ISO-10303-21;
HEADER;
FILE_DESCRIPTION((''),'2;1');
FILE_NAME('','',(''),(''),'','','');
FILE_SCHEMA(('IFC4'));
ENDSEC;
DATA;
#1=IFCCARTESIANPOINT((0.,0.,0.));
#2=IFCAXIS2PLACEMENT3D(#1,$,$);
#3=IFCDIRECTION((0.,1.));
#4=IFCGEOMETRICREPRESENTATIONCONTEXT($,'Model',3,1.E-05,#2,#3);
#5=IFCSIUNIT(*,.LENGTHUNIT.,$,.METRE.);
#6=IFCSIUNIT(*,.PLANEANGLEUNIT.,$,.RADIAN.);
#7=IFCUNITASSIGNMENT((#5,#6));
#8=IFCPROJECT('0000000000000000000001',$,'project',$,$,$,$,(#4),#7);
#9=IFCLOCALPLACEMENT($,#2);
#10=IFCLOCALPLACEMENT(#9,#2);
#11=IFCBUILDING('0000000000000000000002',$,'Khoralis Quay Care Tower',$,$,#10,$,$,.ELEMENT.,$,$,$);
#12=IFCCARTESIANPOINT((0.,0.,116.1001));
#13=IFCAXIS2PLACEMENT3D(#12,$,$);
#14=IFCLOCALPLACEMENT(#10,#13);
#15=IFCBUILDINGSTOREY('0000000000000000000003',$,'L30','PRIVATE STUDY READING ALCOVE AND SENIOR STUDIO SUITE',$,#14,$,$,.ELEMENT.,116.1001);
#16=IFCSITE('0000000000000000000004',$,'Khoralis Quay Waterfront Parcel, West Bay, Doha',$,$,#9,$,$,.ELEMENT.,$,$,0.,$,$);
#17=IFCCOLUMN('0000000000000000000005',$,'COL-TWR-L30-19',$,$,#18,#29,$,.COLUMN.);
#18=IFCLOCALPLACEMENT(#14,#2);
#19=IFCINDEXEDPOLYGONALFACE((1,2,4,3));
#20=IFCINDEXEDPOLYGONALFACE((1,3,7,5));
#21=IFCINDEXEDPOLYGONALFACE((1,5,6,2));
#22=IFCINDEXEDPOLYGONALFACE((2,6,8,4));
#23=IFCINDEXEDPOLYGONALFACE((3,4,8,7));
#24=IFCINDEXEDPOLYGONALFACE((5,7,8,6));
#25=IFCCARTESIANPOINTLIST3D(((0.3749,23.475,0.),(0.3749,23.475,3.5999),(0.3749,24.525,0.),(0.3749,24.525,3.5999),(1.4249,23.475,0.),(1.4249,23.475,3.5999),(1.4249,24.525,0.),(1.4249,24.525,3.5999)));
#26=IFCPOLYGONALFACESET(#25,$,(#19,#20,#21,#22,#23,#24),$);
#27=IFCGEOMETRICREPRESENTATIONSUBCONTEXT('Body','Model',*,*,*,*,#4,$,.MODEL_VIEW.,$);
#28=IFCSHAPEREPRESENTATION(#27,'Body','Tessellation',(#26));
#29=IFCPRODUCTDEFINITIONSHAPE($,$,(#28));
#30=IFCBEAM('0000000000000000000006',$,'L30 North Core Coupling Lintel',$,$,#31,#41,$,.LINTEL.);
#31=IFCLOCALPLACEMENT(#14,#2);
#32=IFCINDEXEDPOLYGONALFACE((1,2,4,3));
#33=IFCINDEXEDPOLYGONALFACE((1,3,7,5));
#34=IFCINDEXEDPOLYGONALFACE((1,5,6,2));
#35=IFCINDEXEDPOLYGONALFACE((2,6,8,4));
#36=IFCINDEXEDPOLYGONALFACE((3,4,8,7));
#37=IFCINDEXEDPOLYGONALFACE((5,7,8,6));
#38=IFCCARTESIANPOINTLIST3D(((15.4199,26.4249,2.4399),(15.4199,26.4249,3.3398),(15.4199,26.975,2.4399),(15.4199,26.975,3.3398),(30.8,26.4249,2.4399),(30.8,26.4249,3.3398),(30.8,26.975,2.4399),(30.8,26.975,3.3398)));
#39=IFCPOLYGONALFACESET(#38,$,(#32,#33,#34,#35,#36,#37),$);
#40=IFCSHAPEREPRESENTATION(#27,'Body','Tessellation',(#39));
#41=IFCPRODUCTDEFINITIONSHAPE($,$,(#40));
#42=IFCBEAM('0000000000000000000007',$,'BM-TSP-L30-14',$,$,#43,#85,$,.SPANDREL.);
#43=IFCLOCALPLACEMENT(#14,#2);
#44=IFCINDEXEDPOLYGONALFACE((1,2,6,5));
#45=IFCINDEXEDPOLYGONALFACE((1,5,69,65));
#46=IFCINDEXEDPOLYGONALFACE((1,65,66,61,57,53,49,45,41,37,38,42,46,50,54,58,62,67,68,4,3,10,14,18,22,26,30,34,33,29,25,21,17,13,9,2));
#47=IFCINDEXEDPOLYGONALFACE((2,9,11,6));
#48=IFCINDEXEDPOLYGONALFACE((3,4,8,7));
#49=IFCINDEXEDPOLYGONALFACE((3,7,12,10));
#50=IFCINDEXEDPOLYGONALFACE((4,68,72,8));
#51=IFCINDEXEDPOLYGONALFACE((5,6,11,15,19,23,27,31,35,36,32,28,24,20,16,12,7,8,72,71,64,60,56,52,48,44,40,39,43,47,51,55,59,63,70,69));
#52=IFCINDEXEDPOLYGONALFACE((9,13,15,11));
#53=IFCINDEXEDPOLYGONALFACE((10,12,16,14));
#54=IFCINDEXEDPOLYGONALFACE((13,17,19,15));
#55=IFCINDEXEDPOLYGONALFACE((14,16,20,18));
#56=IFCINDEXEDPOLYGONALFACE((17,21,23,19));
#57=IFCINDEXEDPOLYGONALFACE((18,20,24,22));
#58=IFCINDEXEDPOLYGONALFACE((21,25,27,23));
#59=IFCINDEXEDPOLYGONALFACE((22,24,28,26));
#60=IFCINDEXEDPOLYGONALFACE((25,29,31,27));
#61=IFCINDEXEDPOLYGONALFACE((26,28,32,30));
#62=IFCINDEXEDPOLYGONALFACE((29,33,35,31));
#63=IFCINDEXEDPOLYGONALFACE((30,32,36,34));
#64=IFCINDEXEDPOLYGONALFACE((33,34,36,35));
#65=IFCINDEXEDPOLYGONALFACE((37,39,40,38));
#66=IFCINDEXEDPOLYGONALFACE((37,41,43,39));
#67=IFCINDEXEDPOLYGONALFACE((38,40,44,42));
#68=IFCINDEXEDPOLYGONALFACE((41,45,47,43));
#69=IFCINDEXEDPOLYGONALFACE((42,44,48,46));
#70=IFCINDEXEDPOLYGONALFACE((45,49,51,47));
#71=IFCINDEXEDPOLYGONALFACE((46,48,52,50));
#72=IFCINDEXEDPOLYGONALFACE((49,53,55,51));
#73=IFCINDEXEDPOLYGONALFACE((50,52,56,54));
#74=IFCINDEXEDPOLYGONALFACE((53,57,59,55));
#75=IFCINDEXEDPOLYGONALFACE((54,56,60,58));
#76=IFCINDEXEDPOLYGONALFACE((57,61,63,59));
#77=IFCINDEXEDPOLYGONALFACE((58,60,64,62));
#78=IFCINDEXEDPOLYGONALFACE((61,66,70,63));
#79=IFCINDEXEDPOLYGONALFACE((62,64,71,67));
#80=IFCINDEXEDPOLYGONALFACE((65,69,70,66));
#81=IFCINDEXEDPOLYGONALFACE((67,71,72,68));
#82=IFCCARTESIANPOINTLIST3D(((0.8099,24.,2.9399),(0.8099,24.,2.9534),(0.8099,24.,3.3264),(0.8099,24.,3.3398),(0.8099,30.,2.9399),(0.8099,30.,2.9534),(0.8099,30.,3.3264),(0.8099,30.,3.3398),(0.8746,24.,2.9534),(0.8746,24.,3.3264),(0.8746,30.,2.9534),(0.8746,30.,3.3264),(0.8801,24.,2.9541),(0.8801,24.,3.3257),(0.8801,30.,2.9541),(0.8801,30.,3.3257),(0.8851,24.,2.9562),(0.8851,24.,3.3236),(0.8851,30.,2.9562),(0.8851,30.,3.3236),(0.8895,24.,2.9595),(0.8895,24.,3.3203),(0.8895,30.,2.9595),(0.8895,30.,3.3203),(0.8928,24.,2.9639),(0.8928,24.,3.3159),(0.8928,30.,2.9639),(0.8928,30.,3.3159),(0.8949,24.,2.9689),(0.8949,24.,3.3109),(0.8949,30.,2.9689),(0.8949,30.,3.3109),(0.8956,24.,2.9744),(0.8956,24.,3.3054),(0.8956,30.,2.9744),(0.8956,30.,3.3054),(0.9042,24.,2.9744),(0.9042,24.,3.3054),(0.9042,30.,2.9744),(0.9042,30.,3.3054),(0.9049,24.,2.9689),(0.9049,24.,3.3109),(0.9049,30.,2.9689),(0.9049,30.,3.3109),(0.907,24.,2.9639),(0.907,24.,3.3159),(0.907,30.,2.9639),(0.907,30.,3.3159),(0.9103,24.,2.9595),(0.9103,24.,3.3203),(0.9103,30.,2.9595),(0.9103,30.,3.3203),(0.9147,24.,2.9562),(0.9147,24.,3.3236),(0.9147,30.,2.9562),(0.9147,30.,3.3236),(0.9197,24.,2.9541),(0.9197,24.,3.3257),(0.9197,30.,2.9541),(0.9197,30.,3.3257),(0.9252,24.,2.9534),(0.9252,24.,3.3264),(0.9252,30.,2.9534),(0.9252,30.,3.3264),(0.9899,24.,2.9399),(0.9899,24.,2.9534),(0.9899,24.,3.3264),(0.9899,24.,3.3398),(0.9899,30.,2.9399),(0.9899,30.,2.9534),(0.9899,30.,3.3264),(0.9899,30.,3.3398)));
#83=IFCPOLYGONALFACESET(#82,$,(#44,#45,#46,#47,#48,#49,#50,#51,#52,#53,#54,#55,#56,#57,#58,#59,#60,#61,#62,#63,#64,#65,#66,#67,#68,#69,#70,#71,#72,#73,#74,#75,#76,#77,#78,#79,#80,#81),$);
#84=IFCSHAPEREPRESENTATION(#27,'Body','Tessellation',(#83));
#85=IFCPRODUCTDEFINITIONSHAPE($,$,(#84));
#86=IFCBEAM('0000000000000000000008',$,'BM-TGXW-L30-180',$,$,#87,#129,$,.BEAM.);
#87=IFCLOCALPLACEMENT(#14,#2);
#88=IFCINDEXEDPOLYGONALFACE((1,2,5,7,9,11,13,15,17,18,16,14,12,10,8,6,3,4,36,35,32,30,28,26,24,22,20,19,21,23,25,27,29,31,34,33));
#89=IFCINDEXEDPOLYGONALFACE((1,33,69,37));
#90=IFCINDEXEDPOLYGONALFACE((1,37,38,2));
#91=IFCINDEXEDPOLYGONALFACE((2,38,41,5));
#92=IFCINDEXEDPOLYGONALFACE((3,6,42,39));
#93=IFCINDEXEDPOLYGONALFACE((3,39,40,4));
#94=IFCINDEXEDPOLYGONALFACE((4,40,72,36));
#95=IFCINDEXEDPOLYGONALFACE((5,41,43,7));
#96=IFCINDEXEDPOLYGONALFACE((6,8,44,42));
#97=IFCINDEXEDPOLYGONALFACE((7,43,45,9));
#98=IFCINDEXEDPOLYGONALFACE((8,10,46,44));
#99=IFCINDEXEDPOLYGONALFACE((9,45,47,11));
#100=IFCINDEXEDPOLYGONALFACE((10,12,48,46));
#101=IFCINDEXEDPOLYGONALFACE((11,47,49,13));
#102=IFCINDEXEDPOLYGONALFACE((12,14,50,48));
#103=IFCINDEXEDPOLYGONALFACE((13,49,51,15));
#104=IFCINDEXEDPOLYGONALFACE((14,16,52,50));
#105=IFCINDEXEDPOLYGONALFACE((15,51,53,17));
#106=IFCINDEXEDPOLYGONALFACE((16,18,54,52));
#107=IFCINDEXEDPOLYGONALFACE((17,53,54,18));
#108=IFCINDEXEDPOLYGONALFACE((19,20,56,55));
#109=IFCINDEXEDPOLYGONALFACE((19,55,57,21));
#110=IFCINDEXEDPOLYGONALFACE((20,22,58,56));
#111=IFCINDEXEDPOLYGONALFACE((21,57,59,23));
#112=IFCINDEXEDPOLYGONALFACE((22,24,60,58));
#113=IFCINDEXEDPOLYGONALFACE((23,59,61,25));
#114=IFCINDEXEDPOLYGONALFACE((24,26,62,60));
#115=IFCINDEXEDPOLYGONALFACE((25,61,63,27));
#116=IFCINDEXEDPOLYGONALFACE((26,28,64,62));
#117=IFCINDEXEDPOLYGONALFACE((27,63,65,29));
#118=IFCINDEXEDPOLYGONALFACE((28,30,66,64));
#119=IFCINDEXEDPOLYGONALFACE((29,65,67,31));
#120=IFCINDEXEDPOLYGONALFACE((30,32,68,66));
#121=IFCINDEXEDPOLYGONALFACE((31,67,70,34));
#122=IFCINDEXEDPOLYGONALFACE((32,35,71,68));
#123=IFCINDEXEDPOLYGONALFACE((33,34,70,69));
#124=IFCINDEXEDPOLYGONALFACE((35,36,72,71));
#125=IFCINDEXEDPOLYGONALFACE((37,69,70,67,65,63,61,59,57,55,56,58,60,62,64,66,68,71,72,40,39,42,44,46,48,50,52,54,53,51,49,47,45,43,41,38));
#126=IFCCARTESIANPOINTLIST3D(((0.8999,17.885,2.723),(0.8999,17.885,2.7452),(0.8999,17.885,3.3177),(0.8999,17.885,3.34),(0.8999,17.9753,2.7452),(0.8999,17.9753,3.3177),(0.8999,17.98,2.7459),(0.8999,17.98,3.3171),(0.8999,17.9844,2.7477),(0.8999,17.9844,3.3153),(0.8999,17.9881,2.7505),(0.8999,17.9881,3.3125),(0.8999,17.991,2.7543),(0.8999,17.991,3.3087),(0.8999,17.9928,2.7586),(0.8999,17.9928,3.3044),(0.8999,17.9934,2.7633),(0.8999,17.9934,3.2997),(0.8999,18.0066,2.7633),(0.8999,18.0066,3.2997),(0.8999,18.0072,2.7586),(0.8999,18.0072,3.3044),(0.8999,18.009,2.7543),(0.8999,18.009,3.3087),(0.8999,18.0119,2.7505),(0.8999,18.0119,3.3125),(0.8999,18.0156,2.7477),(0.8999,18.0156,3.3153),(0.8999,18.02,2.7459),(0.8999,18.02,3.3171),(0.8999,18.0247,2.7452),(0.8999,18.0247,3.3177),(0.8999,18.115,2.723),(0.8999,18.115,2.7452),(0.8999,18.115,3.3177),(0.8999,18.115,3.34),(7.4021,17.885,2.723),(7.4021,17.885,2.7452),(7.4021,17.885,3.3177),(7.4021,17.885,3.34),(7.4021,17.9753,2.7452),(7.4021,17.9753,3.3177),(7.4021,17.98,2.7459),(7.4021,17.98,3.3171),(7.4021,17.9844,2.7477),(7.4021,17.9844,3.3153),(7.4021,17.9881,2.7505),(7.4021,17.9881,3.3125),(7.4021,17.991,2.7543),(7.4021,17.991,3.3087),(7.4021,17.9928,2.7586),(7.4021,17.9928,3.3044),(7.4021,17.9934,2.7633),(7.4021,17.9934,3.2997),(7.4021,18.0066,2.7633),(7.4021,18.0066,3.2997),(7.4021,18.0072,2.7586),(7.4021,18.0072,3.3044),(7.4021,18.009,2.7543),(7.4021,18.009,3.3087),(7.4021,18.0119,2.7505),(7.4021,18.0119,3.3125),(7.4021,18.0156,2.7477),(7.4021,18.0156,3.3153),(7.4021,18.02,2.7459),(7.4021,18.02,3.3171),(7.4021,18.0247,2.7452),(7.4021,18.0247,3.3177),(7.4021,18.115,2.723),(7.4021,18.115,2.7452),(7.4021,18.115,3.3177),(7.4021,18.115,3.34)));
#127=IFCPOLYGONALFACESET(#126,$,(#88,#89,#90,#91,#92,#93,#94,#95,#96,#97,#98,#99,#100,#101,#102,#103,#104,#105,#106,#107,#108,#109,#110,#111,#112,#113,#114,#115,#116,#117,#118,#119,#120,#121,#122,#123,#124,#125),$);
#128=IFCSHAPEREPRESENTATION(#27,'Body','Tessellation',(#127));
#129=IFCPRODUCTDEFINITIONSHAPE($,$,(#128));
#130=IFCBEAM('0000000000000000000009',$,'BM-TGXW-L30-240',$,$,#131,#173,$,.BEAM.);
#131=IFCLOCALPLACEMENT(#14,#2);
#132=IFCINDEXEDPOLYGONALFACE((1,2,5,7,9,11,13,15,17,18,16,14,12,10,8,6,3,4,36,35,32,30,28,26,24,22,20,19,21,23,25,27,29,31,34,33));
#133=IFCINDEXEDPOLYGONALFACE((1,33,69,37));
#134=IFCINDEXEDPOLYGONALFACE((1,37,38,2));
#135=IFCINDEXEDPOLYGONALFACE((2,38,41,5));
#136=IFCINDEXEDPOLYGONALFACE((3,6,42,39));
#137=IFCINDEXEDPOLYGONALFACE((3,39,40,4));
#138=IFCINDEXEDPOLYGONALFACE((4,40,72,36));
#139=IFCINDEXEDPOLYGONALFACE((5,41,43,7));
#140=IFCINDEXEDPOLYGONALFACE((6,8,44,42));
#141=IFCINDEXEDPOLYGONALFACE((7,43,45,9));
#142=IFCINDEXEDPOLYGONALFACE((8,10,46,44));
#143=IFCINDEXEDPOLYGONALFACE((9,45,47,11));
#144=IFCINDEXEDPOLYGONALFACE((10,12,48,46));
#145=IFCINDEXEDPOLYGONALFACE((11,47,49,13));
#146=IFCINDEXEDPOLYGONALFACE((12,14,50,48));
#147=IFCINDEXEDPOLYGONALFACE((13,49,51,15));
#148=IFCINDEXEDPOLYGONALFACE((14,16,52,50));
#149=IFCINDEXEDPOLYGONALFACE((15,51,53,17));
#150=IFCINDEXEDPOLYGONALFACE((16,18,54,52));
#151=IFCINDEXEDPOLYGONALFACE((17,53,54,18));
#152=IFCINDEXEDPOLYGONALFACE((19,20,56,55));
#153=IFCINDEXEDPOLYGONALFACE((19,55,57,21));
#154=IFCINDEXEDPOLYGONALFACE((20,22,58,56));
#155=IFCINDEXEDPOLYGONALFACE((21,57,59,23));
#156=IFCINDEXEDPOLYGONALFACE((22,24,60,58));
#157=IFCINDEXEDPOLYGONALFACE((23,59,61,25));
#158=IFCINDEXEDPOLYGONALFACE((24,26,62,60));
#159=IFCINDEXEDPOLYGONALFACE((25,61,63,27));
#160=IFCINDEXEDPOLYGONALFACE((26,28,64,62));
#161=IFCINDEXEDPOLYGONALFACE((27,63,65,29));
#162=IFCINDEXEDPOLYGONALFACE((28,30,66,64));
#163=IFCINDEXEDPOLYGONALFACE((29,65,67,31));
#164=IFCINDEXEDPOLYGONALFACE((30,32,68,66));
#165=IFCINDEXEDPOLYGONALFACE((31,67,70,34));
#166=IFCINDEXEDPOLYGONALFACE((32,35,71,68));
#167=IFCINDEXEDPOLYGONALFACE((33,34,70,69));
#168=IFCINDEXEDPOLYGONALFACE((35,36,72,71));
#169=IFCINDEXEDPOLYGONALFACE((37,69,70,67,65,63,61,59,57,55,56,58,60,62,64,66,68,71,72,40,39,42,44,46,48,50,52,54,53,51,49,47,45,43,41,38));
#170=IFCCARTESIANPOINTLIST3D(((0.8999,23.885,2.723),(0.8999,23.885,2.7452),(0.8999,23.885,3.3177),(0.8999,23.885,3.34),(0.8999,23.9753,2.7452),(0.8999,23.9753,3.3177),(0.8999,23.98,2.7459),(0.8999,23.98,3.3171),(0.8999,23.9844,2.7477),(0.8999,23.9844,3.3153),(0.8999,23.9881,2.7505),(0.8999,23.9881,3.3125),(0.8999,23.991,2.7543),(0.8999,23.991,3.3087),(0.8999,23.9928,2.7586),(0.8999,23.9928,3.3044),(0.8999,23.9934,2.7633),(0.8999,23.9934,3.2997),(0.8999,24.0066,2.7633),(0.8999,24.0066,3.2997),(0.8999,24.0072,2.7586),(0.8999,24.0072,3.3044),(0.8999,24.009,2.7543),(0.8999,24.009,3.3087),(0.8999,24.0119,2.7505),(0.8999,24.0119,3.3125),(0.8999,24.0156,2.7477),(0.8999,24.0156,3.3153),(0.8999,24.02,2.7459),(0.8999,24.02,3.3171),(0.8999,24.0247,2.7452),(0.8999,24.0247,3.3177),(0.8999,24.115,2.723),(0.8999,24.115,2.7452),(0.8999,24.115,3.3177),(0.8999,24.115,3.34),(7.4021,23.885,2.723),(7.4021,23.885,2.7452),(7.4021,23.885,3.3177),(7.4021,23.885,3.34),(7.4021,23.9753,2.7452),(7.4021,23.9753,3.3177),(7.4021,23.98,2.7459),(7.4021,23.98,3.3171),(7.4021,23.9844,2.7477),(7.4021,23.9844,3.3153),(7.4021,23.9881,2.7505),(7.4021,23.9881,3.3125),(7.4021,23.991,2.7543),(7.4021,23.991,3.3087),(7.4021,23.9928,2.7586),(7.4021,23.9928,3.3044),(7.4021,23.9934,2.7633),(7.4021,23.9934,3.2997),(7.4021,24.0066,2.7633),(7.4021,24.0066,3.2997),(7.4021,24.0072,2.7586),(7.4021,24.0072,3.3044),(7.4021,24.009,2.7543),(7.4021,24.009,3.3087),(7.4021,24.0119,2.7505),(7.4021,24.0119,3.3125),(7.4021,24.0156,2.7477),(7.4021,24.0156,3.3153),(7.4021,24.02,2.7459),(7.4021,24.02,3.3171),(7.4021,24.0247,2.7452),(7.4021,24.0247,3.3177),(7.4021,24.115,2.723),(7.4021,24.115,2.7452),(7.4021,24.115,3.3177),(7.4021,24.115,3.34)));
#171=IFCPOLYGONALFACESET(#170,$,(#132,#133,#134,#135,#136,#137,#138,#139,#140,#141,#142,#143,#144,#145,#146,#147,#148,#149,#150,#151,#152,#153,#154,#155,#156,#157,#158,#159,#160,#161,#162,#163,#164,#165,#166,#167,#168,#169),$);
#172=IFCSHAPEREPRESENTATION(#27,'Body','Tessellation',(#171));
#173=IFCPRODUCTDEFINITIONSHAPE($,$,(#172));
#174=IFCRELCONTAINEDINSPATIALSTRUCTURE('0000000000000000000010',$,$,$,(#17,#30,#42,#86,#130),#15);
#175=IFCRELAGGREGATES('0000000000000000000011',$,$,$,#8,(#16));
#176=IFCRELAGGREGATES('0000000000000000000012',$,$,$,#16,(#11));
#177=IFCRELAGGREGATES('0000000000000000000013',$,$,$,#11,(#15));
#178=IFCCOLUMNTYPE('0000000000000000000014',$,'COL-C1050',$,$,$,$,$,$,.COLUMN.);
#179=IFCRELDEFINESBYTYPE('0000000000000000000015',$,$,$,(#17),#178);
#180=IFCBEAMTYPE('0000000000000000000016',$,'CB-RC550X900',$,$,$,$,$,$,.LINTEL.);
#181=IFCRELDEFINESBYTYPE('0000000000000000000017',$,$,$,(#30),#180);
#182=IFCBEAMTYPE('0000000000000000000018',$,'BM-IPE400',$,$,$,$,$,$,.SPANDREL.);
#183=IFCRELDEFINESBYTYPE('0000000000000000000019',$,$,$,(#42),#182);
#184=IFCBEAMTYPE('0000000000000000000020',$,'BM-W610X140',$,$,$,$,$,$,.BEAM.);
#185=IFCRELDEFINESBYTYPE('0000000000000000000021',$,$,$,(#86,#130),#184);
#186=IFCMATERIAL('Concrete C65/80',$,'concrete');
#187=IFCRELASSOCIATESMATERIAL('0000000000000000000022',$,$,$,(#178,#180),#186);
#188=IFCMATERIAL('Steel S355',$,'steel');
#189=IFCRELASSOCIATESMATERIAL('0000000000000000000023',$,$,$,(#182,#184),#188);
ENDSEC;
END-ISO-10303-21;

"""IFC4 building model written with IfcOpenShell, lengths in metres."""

from ifc_helpers import new_model, si_unit, direction, frame, origin, origin_2d, place, context, subcontext, project, spatial, rectangle, i_section, extrude, source, transform, mapped, material, material_profile, profile_set, type_object, element, save


model = new_model("IFC4")

# Units and contexts
model_context = context("Model", 3, precision=1e-05, world=origin(), true_north=direction((0.0, 1.0)))
body_context = subcontext(model_context, "Body", "Model", "MODEL_VIEW")
ifc_project = project(units=[si_unit("LENGTHUNIT", "METRE"), si_unit("PLANEANGLEUNIT", "RADIAN")], contexts=[model_context])

# Site, building, storey
site_placement = place(None, origin())
site = spatial("IfcSite", under=ifc_project, at=site_placement, Name="Khoralis Quay Waterfront Parcel, West Bay, Doha", CompositionType="ELEMENT", RefElevation=0.0)
building_placement = place(site_placement, origin())
building = spatial("IfcBuilding", under=site, at=building_placement, Name="Khoralis Quay Care Tower", CompositionType="ELEMENT")
storey_placement = place(building_placement, frame((0.0, 0.0, 116.1001)))
storey = spatial("IfcBuildingStorey", under=building, at=storey_placement, Name="L30", Description="PRIVATE STUDY READING ALCOVE AND SENIOR STUDIO SUITE", CompositionType="ELEMENT", Elevation=116.1001)

# Column
ifc_material_1 = material(Name="Concrete C65/80", Category="concrete")
ifc_material_profile_1 = material_profile(ifc_material_1, rectangle(XDim=1.05, YDim=1.05, at=origin_2d()), Name="Concrete C65/80")
ifc_profile_set_1 = profile_set([ifc_material_profile_1], Name="Concrete C65/80")
column_type = type_object("IfcColumnType", Name="COL-C1050", PredefinedType="COLUMN", material=ifc_profile_set_1)
shared_shape_1 = source(origin(), body_context, "Body", "SweptSolid", [
    extrude(rectangle(XDim=1.05, YDim=1.05, at=origin_2d()), origin(), (0.0, 0.0, 1.0), 3.5999),
])
column_placement = place(storey_placement, frame((0.8999, 24.0, 0.0), z_axis=(0.0, 0.0, 1.0), x_axis=(1.0, 0.0, 0.0)))
element("IfcColumn", 1, at=column_placement, inside=storey, type_object=column_type, Name="COL-TWR-L30-19", PredefinedType="COLUMN", context=body_context, shape_type="MappedRepresentation", body=[
    mapped(shared_shape_1, transform((0.0, 0.0, 0.0), scale=1.0)),
])

# Beams
ifc_material_profile_2 = material_profile(ifc_material_1, rectangle(XDim=0.55, YDim=0.8999, at=origin_2d()), Name="Concrete C65/80")
ifc_profile_set_2 = profile_set([ifc_material_profile_2], Name="Concrete C65/80")
beam_type_1 = type_object("IfcBeamType", Name="CB-RC550X900", PredefinedType="LINTEL", material=ifc_profile_set_2)
shared_shape_2 = source(origin(), body_context, "Body", "SweptSolid", [
    extrude(rectangle(XDim=0.55, YDim=0.8999, at=origin_2d()), origin(), (0.0, 0.0, 1.0), 15.3801),
])
beam_1_placement = place(storey_placement, frame((15.4199, 26.7, 2.8899), z_axis=(1.0, 0.0, 0.0), x_axis=(0.0, 1.0, 0.0)))
element("IfcBeam", 2, at=beam_1_placement, inside=storey, type_object=beam_type_1, Name="L30 North Core Coupling Lintel", PredefinedType="LINTEL", context=body_context, shape_type="MappedRepresentation", body=[
    mapped(shared_shape_2, transform((0.0, 0.0, 0.0), scale=1.0)),
])
ifc_material_2 = material(Name="Steel S355", Category="steel")
ifc_material_profile_3 = material_profile(ifc_material_2, i_section(OverallWidth=0.1799, OverallDepth=0.3999, WebThickness=0.0085, FlangeThickness=0.0134, FilletRadius=0.021, at=origin_2d()), Name="Steel S355")
ifc_profile_set_3 = profile_set([ifc_material_profile_3], Name="Steel S355")
beam_type_2 = type_object("IfcBeamType", Name="BM-IPE400", PredefinedType="SPANDREL", material=ifc_profile_set_3)
shared_shape_3 = source(origin(), body_context, "Body", "SweptSolid", [
    extrude(i_section(OverallWidth=0.1799, OverallDepth=0.3999, WebThickness=0.0085, FlangeThickness=0.0134, FilletRadius=0.021, at=origin_2d()), origin(), (0.0, 0.0, 1.0), 6.0),
])
beam_2_placement = place(storey_placement, frame((0.8999, 24.0, 3.1399), z_axis=(0.0, 1.0, 0.0), x_axis=(-1.0, 0.0, 0.0)))
element("IfcBeam", 3, at=beam_2_placement, inside=storey, type_object=beam_type_2, Name="BM-TSP-L30-14", PredefinedType="SPANDREL", context=body_context, shape_type="MappedRepresentation", body=[
    mapped(shared_shape_3, transform((0.0, 0.0, 0.0), scale=1.0)),
])
ifc_material_profile_4 = material_profile(ifc_material_2, i_section(OverallWidth=0.23, OverallDepth=0.6169, WebThickness=0.0132, FlangeThickness=0.0222, FilletRadius=0.0181, at=origin_2d()), Name="Steel S355")
ifc_profile_set_4 = profile_set([ifc_material_profile_4], Name="Steel S355")
beam_type_3 = type_object("IfcBeamType", Name="BM-W610X140", PredefinedType="BEAM", material=ifc_profile_set_4)
shared_shape_4 = source(origin(), body_context, "Body", "SweptSolid", [
    extrude(i_section(OverallWidth=0.23, OverallDepth=0.6169, WebThickness=0.0132, FlangeThickness=0.0222, FilletRadius=0.0181, at=origin_2d()), origin(), (0.0, 0.0, 1.0), 6.5022),
])
for number, where, z_axis, x_axis, name in (
    (4, (0.8999, 18.0, 3.0315), (1.0, 0.0, 0.0), (0.0, 1.0, 0.0), "BM-TGXW-L30-180"),
    (5, (0.8999, 24.0, 3.0315), (1.0, 0.0, 0.0), (0.0, 1.0, 0.0), "BM-TGXW-L30-240"),
):
    element("IfcBeam", number, at=place(storey_placement, frame(where, z_axis=z_axis, x_axis=x_axis)), inside=storey, type_object=beam_type_3, Name=name, PredefinedType="BEAM", context=body_context, shape_type="MappedRepresentation", body=[
        mapped(shared_shape_4, transform((0.0, 0.0, 0.0), scale=1.0)),
    ])

save(model, "model.ifc")
